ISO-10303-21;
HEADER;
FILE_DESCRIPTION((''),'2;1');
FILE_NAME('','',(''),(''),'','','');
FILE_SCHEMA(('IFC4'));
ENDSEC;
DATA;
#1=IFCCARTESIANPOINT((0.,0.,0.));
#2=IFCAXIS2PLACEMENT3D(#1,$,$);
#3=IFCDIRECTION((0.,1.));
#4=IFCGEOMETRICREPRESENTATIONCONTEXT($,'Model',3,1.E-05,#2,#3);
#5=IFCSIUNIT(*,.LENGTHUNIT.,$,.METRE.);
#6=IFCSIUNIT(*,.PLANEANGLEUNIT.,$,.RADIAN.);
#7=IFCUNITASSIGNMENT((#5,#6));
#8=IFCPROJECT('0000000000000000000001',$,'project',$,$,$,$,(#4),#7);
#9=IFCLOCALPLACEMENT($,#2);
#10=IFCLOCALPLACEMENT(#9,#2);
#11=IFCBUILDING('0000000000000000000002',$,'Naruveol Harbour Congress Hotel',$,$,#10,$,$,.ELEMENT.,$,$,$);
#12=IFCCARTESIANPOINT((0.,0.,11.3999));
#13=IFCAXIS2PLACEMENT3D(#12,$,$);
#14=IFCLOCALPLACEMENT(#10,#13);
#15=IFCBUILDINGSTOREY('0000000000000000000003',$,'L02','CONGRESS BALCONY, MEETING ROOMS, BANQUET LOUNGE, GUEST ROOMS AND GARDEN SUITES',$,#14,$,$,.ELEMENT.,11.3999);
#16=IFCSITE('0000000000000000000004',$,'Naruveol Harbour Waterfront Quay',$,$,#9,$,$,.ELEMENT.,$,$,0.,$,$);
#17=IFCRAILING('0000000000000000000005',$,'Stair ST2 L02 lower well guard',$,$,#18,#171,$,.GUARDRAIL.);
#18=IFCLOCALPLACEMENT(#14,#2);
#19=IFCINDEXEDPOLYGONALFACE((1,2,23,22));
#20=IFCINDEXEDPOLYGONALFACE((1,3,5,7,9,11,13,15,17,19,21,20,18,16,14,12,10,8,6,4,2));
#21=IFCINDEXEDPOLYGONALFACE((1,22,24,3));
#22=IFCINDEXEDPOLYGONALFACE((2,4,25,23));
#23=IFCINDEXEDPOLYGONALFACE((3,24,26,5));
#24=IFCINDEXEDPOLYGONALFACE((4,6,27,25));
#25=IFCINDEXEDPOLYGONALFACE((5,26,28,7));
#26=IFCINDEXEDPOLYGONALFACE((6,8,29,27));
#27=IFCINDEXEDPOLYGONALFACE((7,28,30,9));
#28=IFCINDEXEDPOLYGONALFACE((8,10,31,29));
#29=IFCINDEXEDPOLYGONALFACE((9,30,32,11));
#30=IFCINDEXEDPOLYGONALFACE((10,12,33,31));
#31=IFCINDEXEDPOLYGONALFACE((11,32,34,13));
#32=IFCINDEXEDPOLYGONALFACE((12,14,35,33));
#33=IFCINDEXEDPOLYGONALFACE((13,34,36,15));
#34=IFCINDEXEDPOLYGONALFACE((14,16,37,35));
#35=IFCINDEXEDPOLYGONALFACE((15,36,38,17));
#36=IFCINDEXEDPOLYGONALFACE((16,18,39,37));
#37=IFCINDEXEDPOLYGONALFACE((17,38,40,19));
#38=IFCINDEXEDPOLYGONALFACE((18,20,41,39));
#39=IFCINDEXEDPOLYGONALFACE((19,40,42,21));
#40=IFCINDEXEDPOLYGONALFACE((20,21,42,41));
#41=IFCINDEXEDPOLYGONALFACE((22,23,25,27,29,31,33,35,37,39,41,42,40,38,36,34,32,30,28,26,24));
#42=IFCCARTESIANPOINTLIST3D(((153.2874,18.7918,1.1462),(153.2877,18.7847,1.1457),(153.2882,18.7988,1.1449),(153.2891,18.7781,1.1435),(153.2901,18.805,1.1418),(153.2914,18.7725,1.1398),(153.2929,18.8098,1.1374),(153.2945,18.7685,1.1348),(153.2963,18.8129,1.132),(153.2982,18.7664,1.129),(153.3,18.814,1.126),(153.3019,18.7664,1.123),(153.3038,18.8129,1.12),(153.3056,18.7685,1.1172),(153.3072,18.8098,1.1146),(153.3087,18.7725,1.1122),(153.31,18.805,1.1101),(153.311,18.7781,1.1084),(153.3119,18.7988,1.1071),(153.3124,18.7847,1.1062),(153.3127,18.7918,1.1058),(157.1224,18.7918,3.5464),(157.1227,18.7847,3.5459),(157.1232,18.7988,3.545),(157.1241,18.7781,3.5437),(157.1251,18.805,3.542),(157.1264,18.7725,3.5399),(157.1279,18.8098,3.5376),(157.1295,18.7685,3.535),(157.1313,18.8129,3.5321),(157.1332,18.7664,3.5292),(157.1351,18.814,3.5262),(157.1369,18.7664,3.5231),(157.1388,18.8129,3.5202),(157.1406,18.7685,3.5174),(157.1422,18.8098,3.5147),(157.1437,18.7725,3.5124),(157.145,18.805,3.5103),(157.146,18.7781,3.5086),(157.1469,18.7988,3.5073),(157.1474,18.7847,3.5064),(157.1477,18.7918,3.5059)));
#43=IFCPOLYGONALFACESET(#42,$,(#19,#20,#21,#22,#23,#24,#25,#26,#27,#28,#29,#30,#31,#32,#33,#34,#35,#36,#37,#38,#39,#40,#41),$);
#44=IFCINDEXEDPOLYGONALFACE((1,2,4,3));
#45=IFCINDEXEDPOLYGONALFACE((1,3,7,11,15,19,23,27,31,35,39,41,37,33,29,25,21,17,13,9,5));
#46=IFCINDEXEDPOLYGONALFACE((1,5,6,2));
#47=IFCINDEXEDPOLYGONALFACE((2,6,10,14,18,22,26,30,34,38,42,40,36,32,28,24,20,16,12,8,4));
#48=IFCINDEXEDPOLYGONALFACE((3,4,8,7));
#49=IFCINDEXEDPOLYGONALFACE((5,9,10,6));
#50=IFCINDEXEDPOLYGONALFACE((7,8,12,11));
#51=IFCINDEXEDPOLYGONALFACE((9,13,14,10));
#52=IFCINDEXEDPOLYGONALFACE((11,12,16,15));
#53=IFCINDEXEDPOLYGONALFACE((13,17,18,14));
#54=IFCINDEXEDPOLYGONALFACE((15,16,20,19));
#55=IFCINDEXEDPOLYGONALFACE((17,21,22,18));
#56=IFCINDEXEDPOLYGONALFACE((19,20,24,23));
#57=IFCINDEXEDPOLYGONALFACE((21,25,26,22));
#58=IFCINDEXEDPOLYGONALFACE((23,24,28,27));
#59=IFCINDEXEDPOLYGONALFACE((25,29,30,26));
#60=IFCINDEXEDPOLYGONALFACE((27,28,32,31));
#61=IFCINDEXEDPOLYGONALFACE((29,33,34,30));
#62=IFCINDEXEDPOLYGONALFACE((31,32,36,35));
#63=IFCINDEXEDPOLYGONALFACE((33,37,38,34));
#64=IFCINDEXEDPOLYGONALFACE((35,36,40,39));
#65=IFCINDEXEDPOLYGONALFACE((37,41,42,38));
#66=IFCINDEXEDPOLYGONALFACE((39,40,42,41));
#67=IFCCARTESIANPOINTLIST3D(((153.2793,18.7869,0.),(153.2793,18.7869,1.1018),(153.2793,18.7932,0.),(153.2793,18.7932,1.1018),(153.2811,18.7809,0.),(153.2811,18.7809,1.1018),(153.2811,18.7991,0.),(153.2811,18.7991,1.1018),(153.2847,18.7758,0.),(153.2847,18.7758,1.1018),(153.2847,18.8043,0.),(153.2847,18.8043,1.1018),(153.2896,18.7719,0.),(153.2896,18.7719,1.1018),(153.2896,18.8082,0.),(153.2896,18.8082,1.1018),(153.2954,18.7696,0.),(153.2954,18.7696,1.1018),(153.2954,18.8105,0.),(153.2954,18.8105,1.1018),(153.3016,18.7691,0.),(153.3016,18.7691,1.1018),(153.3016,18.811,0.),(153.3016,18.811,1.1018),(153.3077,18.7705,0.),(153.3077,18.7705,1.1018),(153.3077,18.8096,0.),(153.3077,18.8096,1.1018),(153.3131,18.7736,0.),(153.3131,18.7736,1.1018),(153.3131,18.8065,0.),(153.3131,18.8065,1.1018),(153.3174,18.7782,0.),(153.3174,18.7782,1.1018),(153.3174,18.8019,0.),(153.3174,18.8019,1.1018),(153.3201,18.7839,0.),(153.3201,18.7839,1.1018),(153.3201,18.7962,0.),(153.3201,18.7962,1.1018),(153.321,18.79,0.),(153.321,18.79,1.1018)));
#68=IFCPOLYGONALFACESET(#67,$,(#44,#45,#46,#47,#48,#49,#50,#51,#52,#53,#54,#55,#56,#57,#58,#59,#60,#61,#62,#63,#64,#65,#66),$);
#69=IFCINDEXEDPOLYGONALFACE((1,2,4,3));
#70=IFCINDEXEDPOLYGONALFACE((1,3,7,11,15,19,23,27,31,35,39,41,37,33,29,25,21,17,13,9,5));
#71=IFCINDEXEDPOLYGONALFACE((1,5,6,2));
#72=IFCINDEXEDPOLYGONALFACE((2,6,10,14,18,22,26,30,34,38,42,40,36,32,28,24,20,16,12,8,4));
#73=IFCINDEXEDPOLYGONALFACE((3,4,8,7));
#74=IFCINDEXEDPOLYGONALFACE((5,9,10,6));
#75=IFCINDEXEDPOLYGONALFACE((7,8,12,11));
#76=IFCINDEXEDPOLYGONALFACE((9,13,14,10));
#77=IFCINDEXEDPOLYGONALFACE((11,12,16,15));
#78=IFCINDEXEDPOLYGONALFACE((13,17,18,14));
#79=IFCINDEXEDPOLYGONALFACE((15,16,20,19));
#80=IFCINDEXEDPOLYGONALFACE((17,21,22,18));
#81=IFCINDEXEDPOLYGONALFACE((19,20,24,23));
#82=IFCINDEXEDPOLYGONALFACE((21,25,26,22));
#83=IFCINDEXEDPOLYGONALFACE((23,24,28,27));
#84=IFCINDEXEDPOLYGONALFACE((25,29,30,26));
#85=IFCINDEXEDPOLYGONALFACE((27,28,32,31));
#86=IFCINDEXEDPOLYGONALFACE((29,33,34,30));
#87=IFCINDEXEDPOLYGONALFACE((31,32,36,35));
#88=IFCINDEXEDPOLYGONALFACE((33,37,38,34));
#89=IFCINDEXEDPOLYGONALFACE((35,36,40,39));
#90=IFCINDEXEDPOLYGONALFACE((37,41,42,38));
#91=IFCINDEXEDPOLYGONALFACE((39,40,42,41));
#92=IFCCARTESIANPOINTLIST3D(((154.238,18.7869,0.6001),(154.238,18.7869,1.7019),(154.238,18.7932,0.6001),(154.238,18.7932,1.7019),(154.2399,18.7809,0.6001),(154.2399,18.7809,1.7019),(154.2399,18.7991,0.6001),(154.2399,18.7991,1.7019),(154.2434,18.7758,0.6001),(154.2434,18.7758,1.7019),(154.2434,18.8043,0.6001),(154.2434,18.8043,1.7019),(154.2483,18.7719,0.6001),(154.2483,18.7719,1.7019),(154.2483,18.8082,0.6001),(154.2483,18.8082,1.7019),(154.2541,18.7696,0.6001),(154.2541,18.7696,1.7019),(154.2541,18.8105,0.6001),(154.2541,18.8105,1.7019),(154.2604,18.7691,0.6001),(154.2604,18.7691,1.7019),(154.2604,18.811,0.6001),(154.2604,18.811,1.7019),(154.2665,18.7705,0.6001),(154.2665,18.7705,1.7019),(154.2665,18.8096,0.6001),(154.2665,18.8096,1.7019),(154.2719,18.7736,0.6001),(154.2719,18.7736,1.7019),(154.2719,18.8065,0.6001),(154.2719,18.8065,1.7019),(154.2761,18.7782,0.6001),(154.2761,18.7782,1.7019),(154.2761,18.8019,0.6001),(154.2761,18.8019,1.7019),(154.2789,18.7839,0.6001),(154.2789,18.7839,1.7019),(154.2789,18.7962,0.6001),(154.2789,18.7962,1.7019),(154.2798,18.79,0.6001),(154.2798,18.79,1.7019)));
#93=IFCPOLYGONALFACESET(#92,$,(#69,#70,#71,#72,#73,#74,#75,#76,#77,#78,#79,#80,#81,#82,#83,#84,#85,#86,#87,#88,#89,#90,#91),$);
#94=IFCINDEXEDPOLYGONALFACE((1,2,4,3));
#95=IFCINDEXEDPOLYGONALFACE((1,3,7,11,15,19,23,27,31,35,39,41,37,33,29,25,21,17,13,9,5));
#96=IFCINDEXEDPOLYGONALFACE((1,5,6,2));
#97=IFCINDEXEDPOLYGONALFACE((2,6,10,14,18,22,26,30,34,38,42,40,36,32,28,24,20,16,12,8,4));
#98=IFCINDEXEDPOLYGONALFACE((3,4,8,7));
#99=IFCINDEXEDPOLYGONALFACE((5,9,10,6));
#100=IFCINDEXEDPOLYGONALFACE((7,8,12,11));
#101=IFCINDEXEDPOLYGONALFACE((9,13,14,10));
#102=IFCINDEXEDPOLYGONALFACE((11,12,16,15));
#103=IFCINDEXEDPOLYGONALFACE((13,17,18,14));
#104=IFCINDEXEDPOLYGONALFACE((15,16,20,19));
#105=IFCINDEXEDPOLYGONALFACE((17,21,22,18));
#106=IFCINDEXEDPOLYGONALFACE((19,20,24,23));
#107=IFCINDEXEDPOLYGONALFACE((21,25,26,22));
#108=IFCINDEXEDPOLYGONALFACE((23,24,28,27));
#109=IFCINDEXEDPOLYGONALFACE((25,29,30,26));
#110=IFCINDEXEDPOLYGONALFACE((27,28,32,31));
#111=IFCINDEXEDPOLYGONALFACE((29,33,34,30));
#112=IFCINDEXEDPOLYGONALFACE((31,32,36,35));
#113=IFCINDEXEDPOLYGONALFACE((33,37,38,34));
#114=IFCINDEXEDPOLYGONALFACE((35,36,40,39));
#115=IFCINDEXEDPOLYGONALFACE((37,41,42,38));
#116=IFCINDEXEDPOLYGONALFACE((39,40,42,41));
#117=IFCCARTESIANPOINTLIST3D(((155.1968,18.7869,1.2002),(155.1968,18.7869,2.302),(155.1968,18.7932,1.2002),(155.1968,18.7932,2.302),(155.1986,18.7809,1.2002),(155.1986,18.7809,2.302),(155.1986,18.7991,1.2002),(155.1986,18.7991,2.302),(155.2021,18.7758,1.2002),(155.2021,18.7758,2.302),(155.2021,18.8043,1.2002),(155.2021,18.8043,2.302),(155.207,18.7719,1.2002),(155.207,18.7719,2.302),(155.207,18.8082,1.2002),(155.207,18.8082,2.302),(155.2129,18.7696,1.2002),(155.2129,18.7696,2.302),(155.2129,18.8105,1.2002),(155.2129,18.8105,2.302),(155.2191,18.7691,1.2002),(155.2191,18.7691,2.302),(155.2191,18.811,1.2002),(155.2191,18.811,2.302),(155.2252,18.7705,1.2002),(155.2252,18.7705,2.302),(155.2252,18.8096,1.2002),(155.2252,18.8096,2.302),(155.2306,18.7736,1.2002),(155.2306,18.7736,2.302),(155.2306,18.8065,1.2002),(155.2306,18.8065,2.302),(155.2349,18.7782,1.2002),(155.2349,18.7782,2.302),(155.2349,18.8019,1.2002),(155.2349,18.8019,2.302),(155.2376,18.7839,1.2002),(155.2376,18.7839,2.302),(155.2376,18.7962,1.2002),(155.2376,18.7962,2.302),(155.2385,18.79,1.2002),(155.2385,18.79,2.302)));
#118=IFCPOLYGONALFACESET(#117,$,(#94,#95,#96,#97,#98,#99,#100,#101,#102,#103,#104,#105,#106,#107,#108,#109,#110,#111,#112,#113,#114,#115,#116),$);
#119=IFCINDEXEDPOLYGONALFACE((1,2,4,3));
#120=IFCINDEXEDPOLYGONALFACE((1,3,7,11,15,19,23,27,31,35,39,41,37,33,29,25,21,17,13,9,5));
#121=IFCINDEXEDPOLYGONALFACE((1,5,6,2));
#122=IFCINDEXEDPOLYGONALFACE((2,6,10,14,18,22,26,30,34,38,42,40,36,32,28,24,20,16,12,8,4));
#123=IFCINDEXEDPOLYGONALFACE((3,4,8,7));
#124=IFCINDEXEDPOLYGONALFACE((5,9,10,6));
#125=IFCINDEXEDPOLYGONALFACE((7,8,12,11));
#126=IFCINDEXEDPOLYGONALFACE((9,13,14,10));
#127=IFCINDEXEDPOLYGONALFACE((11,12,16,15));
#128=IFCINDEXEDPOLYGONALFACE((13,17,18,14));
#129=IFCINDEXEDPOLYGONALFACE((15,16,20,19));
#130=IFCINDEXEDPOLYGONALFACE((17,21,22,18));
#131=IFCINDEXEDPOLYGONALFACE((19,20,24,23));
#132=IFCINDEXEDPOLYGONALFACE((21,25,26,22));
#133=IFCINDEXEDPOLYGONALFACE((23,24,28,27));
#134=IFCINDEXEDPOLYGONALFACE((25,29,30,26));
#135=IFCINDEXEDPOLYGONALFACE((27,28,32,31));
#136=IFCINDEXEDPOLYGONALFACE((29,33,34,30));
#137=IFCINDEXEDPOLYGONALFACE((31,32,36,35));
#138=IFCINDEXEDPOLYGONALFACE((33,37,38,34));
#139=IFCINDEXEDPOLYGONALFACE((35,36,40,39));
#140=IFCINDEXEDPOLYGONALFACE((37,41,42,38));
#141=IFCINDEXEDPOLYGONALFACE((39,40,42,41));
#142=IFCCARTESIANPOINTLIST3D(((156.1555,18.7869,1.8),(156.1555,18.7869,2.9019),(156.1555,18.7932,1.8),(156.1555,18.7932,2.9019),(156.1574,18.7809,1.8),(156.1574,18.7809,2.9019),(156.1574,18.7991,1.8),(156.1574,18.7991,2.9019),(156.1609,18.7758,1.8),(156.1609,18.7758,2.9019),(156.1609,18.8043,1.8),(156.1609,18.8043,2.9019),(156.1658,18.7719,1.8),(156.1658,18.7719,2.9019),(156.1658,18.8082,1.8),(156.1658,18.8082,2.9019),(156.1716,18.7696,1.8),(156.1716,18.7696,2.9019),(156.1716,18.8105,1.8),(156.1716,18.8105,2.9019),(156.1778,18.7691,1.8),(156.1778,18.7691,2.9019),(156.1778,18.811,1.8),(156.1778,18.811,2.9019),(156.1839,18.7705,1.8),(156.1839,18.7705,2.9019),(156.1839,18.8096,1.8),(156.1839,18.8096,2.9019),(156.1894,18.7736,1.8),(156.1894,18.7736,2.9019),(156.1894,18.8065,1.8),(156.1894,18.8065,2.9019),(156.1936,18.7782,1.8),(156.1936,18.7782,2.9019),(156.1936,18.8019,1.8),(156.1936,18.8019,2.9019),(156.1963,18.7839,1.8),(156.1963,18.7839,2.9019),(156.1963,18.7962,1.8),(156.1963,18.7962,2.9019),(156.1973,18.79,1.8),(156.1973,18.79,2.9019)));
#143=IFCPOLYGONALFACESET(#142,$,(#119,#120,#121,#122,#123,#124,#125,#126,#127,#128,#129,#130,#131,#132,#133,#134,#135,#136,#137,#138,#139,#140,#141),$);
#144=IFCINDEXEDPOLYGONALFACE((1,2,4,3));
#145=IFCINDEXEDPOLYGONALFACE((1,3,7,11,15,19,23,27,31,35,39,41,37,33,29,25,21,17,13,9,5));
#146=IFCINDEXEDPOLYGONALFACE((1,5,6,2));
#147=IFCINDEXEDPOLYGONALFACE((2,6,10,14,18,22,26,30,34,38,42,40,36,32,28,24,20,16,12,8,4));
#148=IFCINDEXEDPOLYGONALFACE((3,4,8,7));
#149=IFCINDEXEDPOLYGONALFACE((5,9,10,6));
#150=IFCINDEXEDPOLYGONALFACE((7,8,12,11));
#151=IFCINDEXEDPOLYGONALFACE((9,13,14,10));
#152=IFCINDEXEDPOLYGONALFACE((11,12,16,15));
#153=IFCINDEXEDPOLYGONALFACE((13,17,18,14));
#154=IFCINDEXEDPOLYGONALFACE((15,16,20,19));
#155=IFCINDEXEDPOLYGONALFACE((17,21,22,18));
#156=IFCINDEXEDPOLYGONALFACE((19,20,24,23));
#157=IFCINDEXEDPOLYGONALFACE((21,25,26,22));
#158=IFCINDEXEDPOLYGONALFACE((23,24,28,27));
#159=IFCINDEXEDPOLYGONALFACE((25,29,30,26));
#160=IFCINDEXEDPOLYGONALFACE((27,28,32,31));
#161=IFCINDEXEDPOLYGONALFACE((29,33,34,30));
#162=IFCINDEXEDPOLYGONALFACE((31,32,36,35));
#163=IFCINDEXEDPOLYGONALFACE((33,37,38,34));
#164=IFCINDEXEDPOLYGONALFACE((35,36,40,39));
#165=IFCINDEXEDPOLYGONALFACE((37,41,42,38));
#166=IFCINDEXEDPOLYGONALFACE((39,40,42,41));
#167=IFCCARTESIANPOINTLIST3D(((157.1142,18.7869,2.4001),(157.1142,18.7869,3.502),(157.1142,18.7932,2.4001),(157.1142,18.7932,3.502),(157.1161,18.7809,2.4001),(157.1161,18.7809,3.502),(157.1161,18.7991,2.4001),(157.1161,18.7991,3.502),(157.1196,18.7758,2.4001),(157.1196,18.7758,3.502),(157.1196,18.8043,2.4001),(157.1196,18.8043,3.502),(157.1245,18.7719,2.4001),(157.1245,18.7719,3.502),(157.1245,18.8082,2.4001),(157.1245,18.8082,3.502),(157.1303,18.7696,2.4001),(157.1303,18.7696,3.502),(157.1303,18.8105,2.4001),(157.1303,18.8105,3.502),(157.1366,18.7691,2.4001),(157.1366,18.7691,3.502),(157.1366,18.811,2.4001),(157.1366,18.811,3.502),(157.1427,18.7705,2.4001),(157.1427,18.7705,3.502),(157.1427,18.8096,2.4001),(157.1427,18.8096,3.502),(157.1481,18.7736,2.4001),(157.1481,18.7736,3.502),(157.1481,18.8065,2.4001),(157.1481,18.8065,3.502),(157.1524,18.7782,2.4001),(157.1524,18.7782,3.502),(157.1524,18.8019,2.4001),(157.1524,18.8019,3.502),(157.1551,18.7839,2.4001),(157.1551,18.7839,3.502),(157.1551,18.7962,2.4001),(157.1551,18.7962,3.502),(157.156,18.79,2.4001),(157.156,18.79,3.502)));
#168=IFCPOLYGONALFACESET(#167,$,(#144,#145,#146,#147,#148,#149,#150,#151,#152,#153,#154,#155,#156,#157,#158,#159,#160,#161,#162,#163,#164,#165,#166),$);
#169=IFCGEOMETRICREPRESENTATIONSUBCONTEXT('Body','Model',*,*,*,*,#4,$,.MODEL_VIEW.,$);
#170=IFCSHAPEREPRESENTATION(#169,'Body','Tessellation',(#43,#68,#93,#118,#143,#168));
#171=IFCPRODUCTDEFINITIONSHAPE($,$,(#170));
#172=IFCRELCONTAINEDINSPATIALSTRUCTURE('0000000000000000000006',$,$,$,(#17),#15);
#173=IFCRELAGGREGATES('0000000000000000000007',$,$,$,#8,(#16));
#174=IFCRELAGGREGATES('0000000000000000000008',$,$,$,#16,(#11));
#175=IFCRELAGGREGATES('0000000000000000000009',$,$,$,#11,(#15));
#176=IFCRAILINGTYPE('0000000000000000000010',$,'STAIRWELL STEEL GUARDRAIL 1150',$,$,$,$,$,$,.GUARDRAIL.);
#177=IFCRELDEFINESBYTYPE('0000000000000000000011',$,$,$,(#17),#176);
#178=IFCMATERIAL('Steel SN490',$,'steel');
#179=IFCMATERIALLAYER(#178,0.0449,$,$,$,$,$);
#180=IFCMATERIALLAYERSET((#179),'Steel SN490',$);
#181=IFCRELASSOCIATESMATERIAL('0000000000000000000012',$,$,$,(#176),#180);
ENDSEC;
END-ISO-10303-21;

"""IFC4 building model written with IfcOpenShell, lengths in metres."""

from ifc_helpers import new_model, si_unit, direction, frame, origin, origin_2d, place, context, subcontext, project, spatial, circle, extrude, material, layer, layer_set, type_object, element, save


model = new_model("IFC4")

# Units and contexts
model_context = context("Model", 3, precision=1e-05, world=origin(), true_north=direction((0.0, 1.0)))
body_context = subcontext(model_context, "Body", "Model", "MODEL_VIEW")
ifc_project = project(units=[si_unit("LENGTHUNIT", "METRE"), si_unit("PLANEANGLEUNIT", "RADIAN")], contexts=[model_context])

# Site, building, storey
site_placement = place(None, origin())
site = spatial("IfcSite", under=ifc_project, at=site_placement, Name="Naruveol Harbour Waterfront Quay", CompositionType="ELEMENT", RefElevation=0.0)
building_placement = place(site_placement, origin())
building = spatial("IfcBuilding", under=site, at=building_placement, Name="Naruveol Harbour Congress Hotel", CompositionType="ELEMENT")
storey_placement = place(building_placement, frame((0.0, 0.0, 11.3999)))
storey = spatial("IfcBuildingStorey", under=building, at=storey_placement, Name="L02", Description="CONGRESS BALCONY, MEETING ROOMS, BANQUET LOUNGE, GUEST ROOMS AND GARDEN SUITES", CompositionType="ELEMENT", Elevation=11.3999)

# Railing
ifc_material_1 = material(Name="Steel SN490", Category="steel")
ifc_layer_1 = layer(ifc_material_1, 0.0449)
ifc_layer_set_1 = layer_set([ifc_layer_1], Name="Steel SN490")
railing_type_1 = type_object("IfcRailingType", Name="STAIRWELL STEEL GUARDRAIL 1150", PredefinedType="GUARDRAIL", material=ifc_layer_set_1)
railing_1_placement = place(storey_placement, frame((153.3, 18.79, 0.0)))
element("IfcRailing", 1, at=railing_1_placement, inside=storey, type_object=railing_type_1, Name="Stair ST2 L02 lower well guard", PredefinedType="GUARDRAIL", context=body_context, shape_type="SweptSolid", body=[
    extrude(circle(Radius=0.0239, at=origin_2d()), frame((0.0, 0.0, 1.126), z_axis=(0.847671, 0.0, 0.530523), x_axis=(0.0, 1.0, 0.0)), (0.0, 0.0, 1.0), 4.5242),
    extrude(circle(Radius=0.021, at=origin_2d()), origin(), (0.0, 0.0, 1.0), 1.1018),
    extrude(circle(Radius=0.021, at=origin_2d()), frame((0.9587, 0.0, 0.6001)), (0.0, 0.0, 1.0), 1.1018),
    extrude(circle(Radius=0.021, at=origin_2d()), frame((1.9175, 0.0, 1.2002)), (0.0, 0.0, 1.0), 1.1018),
    extrude(circle(Radius=0.021, at=origin_2d()), frame((2.8762, 0.0, 1.8)), (0.0, 0.0, 1.0), 1.1018),
    extrude(circle(Radius=0.021, at=origin_2d()), frame((3.835, 0.0, 2.4001)), (0.0, 0.0, 1.0), 1.1018),
])

save(model, "model.ifc")
